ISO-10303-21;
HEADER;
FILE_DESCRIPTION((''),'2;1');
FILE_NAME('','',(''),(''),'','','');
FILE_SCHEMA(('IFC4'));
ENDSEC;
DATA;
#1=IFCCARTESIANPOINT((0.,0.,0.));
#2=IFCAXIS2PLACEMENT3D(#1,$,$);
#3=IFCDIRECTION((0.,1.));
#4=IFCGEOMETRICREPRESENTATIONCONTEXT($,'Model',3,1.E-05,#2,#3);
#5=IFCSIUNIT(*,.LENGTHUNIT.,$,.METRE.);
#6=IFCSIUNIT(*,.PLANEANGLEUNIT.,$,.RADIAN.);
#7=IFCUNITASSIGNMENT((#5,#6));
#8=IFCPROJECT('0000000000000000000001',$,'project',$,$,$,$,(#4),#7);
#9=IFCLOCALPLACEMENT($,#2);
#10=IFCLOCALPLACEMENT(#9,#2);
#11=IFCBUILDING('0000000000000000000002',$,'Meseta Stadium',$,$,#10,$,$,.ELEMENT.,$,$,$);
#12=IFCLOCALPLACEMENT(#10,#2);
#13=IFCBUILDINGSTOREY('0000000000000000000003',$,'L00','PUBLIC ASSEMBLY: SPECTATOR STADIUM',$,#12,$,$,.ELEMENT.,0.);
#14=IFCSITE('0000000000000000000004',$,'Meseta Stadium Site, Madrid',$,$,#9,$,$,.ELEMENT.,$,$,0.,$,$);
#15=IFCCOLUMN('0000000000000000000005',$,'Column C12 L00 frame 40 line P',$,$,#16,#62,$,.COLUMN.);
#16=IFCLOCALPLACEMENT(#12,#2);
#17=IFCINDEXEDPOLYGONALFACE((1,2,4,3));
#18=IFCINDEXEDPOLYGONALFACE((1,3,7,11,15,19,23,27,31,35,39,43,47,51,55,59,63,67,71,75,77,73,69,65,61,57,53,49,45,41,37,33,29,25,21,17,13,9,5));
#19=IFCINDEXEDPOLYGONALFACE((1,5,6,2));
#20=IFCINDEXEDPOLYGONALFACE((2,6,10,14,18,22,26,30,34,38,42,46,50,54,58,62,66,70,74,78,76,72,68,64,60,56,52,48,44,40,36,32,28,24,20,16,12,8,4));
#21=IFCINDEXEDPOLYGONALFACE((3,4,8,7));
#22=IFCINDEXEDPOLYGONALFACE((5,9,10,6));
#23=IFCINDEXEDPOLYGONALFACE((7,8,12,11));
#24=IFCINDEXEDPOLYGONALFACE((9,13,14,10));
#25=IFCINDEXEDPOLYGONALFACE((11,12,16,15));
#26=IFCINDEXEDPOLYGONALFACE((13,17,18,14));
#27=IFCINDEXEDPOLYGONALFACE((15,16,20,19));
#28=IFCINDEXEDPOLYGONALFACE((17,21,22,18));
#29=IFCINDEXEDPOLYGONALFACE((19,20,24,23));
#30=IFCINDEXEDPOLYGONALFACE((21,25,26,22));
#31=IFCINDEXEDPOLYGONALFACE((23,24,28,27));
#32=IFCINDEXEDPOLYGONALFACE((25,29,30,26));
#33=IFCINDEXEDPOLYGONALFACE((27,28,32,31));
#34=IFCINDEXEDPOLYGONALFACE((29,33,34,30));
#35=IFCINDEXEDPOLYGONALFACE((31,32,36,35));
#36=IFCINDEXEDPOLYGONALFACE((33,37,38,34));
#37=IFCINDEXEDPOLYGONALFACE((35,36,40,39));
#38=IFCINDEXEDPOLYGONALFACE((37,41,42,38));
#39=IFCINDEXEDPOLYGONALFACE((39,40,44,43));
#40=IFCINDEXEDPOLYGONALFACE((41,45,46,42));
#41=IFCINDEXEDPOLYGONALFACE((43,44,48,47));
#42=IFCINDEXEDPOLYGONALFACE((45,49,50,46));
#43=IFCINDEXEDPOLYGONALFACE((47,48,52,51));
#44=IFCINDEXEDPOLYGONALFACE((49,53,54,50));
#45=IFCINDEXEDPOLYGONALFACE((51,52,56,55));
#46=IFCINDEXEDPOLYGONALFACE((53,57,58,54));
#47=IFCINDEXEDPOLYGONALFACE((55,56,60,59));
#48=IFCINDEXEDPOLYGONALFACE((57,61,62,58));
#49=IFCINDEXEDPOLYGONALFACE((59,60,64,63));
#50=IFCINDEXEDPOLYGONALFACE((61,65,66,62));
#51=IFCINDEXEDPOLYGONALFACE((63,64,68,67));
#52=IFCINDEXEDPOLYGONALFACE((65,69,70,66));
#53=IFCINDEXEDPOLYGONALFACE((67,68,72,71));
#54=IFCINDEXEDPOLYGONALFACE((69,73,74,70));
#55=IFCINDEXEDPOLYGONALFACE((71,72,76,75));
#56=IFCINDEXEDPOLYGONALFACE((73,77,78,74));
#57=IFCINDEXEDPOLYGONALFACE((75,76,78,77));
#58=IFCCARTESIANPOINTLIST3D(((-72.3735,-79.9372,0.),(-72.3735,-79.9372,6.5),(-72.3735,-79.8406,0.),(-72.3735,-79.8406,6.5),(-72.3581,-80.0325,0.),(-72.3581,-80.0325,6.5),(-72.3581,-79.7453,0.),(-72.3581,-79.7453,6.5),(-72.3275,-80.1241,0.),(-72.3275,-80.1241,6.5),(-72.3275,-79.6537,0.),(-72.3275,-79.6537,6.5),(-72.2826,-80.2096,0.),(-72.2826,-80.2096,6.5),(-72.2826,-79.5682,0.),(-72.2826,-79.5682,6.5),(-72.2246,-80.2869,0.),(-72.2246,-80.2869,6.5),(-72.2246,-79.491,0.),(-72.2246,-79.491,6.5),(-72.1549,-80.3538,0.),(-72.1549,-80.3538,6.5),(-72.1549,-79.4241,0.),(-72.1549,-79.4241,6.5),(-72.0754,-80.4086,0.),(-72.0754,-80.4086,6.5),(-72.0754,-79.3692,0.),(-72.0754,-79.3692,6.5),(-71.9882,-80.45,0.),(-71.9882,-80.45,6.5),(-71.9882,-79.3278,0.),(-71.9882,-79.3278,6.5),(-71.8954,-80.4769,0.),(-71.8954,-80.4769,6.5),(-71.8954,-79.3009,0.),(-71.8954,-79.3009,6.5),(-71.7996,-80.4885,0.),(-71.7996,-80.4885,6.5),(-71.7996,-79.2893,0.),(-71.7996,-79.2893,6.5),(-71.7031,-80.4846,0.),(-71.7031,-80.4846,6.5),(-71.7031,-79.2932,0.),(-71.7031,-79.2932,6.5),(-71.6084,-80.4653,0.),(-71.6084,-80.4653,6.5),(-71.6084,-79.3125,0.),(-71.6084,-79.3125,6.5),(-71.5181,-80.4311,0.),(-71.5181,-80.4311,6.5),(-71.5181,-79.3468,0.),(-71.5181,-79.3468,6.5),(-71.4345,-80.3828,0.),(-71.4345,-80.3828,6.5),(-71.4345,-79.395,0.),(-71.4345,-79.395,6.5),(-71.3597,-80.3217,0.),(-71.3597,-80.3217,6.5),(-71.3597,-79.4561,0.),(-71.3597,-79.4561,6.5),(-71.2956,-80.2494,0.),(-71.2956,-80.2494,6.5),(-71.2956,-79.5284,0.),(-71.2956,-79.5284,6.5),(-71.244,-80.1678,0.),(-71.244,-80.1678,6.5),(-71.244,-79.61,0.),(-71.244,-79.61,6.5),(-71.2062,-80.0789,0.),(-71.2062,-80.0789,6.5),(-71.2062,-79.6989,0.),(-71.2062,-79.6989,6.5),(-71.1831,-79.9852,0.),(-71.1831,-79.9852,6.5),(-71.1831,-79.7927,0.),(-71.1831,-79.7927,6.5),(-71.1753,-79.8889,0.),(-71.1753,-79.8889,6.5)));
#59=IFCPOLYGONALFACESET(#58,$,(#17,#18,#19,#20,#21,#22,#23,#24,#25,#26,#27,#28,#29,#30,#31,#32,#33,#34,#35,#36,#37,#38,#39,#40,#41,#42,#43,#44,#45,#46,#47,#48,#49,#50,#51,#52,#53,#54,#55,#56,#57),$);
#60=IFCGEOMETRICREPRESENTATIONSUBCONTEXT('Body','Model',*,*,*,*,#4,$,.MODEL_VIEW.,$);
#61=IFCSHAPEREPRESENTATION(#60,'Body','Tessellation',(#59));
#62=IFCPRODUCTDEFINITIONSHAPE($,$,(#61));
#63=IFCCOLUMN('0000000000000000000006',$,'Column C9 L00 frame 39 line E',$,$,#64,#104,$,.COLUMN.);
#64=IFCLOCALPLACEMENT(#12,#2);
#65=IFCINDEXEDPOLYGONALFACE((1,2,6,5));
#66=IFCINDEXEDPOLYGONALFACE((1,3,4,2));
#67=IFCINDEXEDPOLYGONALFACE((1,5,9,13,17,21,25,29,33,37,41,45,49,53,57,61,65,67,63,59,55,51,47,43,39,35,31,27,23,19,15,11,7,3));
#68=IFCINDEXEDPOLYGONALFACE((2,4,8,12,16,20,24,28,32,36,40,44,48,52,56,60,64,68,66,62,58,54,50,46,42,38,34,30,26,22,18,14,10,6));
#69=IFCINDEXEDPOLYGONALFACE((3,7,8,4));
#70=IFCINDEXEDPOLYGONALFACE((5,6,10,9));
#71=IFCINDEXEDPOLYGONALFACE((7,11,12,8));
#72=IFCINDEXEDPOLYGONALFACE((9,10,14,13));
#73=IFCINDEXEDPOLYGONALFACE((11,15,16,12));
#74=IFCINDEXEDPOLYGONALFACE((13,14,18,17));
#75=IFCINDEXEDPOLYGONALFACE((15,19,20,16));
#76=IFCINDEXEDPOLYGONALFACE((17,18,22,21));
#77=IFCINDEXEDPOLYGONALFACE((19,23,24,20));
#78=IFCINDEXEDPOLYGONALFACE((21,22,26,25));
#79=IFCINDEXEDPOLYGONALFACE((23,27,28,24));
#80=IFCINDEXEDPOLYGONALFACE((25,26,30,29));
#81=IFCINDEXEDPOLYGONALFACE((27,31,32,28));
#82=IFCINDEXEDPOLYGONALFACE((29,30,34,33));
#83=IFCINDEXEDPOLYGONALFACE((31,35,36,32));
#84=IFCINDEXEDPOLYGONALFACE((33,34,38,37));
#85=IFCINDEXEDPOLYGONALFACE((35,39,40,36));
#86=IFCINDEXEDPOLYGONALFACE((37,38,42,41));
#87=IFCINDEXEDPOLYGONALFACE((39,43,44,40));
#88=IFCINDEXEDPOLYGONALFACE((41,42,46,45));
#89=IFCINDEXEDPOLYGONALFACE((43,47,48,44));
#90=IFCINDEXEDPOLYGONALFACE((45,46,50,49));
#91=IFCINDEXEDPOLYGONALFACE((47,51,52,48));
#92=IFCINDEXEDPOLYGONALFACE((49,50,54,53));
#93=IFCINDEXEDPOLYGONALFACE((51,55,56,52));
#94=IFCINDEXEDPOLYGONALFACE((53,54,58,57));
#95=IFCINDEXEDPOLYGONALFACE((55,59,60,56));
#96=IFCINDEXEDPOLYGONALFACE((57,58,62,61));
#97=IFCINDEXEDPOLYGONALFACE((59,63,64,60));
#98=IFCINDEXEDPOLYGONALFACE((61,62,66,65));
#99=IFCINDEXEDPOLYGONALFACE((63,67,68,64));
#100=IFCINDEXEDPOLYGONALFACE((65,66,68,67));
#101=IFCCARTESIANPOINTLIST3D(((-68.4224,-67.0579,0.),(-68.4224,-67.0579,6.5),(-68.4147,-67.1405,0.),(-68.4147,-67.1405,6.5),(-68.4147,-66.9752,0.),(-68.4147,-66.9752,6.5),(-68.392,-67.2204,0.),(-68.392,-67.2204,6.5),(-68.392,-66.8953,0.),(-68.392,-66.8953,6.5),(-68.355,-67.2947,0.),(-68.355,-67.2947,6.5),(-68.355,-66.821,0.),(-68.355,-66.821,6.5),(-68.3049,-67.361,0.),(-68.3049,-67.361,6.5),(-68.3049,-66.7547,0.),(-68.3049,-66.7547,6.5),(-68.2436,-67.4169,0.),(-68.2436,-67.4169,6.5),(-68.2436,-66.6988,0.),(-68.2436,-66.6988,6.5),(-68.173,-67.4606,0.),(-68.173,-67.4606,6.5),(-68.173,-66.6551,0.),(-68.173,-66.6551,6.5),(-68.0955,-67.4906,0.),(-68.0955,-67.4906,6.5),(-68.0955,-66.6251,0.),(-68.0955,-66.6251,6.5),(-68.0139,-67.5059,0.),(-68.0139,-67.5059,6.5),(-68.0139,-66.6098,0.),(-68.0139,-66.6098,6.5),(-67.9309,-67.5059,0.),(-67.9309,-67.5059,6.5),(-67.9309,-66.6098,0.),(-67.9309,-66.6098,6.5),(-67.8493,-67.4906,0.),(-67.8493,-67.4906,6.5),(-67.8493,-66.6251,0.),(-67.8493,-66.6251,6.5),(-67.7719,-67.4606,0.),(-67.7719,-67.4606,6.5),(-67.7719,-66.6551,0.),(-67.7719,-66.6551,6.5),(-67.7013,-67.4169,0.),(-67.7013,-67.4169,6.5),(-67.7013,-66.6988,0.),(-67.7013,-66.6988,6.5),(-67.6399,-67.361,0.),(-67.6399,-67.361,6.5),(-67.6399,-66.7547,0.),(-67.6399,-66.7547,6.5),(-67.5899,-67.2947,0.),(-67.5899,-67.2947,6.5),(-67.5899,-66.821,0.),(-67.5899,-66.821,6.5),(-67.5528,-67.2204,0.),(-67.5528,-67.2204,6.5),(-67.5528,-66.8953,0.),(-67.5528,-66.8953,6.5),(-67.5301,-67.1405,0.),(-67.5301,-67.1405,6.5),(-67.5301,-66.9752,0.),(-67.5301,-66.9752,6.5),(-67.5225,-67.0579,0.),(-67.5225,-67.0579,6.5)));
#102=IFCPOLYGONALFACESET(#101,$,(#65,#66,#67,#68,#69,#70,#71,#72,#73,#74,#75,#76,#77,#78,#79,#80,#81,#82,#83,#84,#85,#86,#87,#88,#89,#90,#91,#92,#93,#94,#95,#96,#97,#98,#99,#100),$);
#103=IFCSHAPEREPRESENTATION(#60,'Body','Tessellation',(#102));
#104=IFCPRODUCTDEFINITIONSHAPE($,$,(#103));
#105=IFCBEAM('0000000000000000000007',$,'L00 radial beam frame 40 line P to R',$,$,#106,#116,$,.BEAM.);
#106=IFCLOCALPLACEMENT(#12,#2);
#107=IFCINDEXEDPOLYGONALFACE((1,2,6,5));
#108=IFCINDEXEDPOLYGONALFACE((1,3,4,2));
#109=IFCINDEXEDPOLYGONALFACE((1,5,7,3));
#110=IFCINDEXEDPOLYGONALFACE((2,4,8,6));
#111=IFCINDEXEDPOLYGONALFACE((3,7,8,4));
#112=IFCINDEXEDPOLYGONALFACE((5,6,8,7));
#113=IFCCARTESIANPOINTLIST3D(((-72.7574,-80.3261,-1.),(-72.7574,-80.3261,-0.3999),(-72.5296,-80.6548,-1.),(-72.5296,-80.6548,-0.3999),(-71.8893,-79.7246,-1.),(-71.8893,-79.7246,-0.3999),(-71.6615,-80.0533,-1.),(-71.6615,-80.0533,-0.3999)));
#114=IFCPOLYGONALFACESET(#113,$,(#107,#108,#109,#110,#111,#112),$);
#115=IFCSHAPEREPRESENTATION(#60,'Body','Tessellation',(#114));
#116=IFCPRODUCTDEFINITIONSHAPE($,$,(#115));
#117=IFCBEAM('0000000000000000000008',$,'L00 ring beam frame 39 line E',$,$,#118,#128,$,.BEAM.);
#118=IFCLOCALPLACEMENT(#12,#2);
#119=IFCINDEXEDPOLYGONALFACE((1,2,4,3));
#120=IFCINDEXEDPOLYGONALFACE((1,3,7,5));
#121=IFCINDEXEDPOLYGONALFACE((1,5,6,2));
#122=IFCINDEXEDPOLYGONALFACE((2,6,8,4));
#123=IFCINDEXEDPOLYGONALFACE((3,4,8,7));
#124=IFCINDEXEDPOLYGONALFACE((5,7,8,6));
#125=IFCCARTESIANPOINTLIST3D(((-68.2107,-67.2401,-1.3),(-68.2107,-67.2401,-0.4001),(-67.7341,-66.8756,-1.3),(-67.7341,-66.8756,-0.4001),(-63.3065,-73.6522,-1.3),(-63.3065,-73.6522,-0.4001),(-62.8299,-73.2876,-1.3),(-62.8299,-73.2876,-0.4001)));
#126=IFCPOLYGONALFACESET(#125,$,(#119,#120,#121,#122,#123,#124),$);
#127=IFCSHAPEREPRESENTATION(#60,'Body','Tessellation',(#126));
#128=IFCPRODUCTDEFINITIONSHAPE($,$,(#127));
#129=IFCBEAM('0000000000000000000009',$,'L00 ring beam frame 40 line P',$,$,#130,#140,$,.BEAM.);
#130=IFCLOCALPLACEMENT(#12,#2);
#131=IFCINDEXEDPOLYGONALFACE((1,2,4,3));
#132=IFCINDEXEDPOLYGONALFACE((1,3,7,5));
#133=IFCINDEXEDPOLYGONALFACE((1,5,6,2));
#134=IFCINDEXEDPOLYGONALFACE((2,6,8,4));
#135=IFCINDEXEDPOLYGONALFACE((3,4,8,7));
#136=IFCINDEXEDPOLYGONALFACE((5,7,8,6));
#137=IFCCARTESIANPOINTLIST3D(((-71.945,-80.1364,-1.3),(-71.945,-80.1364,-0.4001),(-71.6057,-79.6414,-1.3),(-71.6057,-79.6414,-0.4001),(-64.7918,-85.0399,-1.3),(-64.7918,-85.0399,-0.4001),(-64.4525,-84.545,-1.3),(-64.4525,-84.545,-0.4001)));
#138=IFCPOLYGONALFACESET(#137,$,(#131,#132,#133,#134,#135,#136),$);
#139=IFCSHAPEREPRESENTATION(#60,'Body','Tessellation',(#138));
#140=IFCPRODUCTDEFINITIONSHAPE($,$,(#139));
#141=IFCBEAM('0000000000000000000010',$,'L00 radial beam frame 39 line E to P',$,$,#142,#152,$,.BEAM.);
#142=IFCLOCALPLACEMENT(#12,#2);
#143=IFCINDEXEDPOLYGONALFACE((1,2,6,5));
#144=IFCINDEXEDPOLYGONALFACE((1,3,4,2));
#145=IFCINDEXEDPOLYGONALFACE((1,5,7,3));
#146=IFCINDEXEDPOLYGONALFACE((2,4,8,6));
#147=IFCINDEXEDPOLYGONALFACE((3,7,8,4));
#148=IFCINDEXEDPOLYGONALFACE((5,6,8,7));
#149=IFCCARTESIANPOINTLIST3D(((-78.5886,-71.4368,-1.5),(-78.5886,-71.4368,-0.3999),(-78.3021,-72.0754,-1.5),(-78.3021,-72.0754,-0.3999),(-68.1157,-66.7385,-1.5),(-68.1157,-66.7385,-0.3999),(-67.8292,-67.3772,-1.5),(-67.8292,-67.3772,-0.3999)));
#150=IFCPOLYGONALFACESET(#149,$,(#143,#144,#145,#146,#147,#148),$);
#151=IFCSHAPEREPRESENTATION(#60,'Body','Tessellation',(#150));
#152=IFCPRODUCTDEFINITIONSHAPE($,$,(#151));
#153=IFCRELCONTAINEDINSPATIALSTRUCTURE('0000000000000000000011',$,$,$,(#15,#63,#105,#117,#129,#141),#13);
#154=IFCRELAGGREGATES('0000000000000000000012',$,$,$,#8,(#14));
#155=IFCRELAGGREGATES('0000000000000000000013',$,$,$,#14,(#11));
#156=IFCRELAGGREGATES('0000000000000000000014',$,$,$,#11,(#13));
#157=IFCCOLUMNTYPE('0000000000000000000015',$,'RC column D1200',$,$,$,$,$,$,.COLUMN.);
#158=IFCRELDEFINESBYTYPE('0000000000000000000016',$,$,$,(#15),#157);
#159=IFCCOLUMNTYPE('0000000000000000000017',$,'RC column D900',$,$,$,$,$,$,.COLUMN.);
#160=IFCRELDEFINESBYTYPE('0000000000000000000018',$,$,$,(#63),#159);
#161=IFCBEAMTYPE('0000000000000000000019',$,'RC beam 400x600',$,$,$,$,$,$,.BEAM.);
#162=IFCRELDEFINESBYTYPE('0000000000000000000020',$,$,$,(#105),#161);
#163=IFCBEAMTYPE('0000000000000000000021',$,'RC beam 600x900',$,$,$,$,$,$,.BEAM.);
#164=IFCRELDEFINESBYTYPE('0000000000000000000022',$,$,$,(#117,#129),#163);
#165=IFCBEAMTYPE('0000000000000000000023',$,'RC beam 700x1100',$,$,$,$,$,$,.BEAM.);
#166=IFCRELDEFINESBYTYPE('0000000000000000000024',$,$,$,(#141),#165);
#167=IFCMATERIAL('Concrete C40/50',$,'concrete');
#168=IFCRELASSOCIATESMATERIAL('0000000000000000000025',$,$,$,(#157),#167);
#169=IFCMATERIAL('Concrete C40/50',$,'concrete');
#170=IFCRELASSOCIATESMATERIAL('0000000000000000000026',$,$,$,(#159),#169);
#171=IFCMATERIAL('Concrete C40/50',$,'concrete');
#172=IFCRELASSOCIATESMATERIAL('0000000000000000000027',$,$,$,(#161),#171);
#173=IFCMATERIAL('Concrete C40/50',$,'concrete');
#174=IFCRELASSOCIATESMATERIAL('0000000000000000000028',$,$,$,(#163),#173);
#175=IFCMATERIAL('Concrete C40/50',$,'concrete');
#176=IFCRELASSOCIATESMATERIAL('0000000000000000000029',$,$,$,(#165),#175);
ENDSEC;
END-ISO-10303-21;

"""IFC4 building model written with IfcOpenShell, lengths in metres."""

from ifc_helpers import new_model, si_unit, direction, frame, origin, origin_2d, place, context, subcontext, project, spatial, rectangle, circle, extrude, material, material_profile, profile_set, type_object, element, save


model = new_model("IFC4")

# Units and contexts
model_context = context("Model", 3, precision=1e-05, world=origin(), true_north=direction((0.0, 1.0)))
body_context = subcontext(model_context, "Body", "Model", "MODEL_VIEW")
ifc_project = project(units=[si_unit("LENGTHUNIT", "METRE"), si_unit("PLANEANGLEUNIT", "RADIAN")], contexts=[model_context])

# Site, building, storey
site_placement = place(None, origin())
site = spatial("IfcSite", under=ifc_project, at=site_placement, Name="Meseta Stadium Site, Madrid", CompositionType="ELEMENT", RefElevation=0.0)
building_placement = place(site_placement, origin())
building = spatial("IfcBuilding", under=site, at=building_placement, Name="Meseta Stadium", CompositionType="ELEMENT")
storey_placement = place(building_placement, origin())
storey = spatial("IfcBuildingStorey", under=building, at=storey_placement, Name="L00", Description="PUBLIC ASSEMBLY: SPECTATOR STADIUM", CompositionType="ELEMENT", Elevation=0.0)

# Columns
ifc_material_1 = material(Name="Concrete C40/50", Category="concrete")
ifc_material_profile_1 = material_profile(ifc_material_1, circle(Radius=0.6001, at=origin_2d()), Name="RC D1200")
ifc_profile_set_1 = profile_set([ifc_material_profile_1], Name="Concrete C40/50")
column_type_1 = type_object("IfcColumnType", Name="RC column D1200", PredefinedType="COLUMN", material=ifc_profile_set_1)
column_1_placement = place(storey_placement, frame((-71.7754, -79.8889, 0.0), z_axis=(0.0, 0.0, 1.0), x_axis=(1.0, 0.0, 0.0)))
element("IfcColumn", 1, at=column_1_placement, inside=storey, type_object=column_type_1, Name="Column C12 L00 frame 40 line P", PredefinedType="COLUMN", context=body_context, shape_type="SweptSolid", body=[
    extrude(circle(Radius=0.6001, at=origin_2d()), origin(), (0.0, 0.0, 1.0), 6.5),
])
ifc_material_2 = material(Name="Concrete C40/50", Category="concrete")
ifc_material_profile_2 = material_profile(ifc_material_2, circle(Radius=0.45, at=origin_2d()), Name="RC D900")
ifc_profile_set_2 = profile_set([ifc_material_profile_2], Name="Concrete C40/50")
column_type_2 = type_object("IfcColumnType", Name="RC column D900", PredefinedType="COLUMN", material=ifc_profile_set_2)
column_2_placement = place(storey_placement, frame((-67.9724, -67.0579, 0.0), z_axis=(0.0, 0.0, 1.0), x_axis=(1.0, 0.0, 0.0)))
element("IfcColumn", 2, at=column_2_placement, inside=storey, type_object=column_type_2, Name="Column C9 L00 frame 39 line E", PredefinedType="COLUMN", context=body_context, shape_type="SweptSolid", body=[
    extrude(circle(Radius=0.45, at=origin_2d()), origin(), (0.0, 0.0, 1.0), 6.5),
])

# Beams
ifc_material_3 = material(Name="Concrete C40/50", Category="concrete")
ifc_material_profile_3 = material_profile(ifc_material_3, rectangle(XDim=0.3999, YDim=0.6001, at=origin_2d()), Name="RC 400x600")
ifc_profile_set_3 = profile_set([ifc_material_profile_3], Name="Concrete C40/50")
beam_type_1 = type_object("IfcBeamType", Name="RC beam 400x600", PredefinedType="BEAM", material=ifc_profile_set_3)
beam_1_placement = place(storey_placement, frame((-71.7754, -79.8889, -0.7), z_axis=(-0.821959, -0.569546, 0.0), x_axis=(0.569546, -0.821959, 0.0)))
element("IfcBeam", 3, at=beam_1_placement, inside=storey, type_object=beam_type_1, Name="L00 radial beam frame 40 line P to R", PredefinedType="BEAM", context=body_context, shape_type="SweptSolid", body=[
    extrude(rectangle(XDim=0.3999, YDim=0.6001, at=origin_2d()), origin(), (0.0, 0.0, 1.0), 1.0562),
])
ifc_material_4 = material(Name="Concrete C40/50", Category="concrete")
ifc_material_profile_4 = material_profile(ifc_material_4, rectangle(XDim=0.6001, YDim=0.8999, at=origin_2d()), Name="RC 600x900")
ifc_profile_set_4 = profile_set([ifc_material_profile_4], Name="Concrete C40/50")
beam_type_2 = type_object("IfcBeamType", Name="RC beam 600x900", PredefinedType="BEAM", material=ifc_profile_set_4)
beam_2_placement = place(storey_placement, frame((-67.9724, -67.0579, -0.8501), z_axis=(0.607522, -0.794303, 0.0), x_axis=(0.794303, 0.607522, 0.0)))
element("IfcBeam", 4, at=beam_2_placement, inside=storey, type_object=beam_type_2, Name="L00 ring beam frame 39 line E", PredefinedType="BEAM", context=body_context, shape_type="SweptSolid", body=[
    extrude(rectangle(XDim=0.6001, YDim=0.8999, at=origin_2d()), origin(), (0.0, 0.0, 1.0), 8.0725),
])
beam_3_placement = place(storey_placement, frame((-71.7754, -79.8889, -0.8501), z_axis=(0.824813, -0.565405, 0.0), x_axis=(0.565405, 0.824813, 0.0)))
element("IfcBeam", 5, at=beam_3_placement, inside=storey, type_object=beam_type_2, Name="L00 ring beam frame 40 line P", PredefinedType="BEAM", context=body_context, shape_type="SweptSolid", body=[
    extrude(rectangle(XDim=0.6001, YDim=0.8999, at=origin_2d()), origin(), (0.0, 0.0, 1.0), 8.6726),
])
ifc_material_5 = material(Name="Concrete C40/50", Category="concrete")
ifc_material_profile_5 = material_profile(ifc_material_5, rectangle(XDim=0.7, YDim=1.1001, at=origin_2d()), Name="RC 700x1100")
ifc_profile_set_5 = profile_set([ifc_material_profile_5], Name="Concrete C40/50")
beam_type_3 = type_object("IfcBeamType", Name="RC beam 700x1100", PredefinedType="BEAM", material=ifc_profile_set_5)
beam_4_placement = place(storey_placement, frame((-67.9724, -67.0579, -0.95), z_axis=(-0.912396, -0.409309, 0.0), x_axis=(0.409309, -0.912396, 0.0)))
element("IfcBeam", 6, at=beam_4_placement, inside=storey, type_object=beam_type_3, Name="L00 radial beam frame 39 line E to P", PredefinedType="BEAM", context=body_context, shape_type="SweptSolid", body=[
    extrude(rectangle(XDim=0.7, YDim=1.1001, at=origin_2d()), origin(), (0.0, 0.0, 1.0), 11.4785),
])

save(model, "model.ifc")
